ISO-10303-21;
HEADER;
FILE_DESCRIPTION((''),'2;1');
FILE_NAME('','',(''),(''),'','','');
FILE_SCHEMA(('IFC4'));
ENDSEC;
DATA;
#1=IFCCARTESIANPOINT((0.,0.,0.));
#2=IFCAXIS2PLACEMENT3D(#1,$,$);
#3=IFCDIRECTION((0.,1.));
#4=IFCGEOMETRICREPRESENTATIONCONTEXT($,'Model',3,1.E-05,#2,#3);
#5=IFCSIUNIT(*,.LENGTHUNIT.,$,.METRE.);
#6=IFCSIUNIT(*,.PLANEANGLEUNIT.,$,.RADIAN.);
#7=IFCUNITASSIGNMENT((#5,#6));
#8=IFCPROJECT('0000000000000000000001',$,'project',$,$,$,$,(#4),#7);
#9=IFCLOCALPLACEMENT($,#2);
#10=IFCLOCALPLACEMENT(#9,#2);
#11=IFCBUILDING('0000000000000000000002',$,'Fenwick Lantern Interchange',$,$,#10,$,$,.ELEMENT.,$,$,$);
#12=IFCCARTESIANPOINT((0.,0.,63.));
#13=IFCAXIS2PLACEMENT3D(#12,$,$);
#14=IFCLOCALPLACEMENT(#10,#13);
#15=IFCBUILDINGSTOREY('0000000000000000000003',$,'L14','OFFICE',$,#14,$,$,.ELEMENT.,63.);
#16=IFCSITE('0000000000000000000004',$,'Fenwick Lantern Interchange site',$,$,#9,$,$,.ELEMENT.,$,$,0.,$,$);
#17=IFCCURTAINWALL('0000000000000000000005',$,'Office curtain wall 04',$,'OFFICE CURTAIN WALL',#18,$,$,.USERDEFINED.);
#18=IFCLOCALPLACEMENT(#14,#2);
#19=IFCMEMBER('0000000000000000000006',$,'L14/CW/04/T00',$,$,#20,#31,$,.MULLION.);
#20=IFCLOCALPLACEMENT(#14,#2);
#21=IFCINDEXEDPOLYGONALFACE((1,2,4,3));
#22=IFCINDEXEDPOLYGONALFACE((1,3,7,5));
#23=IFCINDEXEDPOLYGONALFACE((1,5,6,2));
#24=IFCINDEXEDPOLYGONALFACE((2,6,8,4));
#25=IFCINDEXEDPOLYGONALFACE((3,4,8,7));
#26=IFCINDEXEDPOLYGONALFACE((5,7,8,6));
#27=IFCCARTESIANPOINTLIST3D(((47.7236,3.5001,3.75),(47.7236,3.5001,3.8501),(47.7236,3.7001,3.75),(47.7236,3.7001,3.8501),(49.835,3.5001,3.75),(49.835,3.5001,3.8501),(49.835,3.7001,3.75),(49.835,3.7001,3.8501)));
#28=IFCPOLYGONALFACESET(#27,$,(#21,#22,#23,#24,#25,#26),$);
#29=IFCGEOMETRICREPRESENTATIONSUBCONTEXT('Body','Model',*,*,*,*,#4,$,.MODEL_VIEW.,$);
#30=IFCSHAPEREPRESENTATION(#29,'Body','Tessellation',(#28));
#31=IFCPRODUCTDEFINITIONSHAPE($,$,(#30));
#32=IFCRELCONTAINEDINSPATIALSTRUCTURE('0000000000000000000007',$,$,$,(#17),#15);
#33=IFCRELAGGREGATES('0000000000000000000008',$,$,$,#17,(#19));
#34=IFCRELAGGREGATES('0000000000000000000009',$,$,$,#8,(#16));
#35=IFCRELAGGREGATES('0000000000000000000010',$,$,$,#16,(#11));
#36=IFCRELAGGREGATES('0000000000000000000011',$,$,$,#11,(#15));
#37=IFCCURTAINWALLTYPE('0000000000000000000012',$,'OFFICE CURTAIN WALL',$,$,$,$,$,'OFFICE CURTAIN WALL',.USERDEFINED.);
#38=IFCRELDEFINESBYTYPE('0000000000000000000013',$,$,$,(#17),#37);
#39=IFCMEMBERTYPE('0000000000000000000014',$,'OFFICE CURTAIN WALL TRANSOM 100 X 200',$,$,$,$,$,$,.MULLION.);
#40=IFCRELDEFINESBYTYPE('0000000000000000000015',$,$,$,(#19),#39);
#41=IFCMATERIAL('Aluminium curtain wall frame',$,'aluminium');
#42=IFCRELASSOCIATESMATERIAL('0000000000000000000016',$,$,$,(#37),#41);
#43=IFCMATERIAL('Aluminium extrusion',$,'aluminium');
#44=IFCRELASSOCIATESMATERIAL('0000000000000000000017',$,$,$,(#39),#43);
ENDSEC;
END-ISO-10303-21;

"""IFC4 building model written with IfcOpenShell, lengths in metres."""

from ifc_helpers import new_model, si_unit, direction, frame, origin, origin_2d, place, context, subcontext, project, spatial, rectangle, extrude, material, material_profile, profile_set, type_object, element, aggregate, save


model = new_model("IFC4")

# Units and contexts
model_context = context("Model", 3, precision=1e-05, world=origin(), true_north=direction((0.0, 1.0)))
body_context = subcontext(model_context, "Body", "Model", "MODEL_VIEW")
ifc_project = project(units=[si_unit("LENGTHUNIT", "METRE"), si_unit("PLANEANGLEUNIT", "RADIAN")], contexts=[model_context])

# Site, building, storey
site_placement = place(None, origin())
site = spatial("IfcSite", under=ifc_project, at=site_placement, Name="Fenwick Lantern Interchange site", CompositionType="ELEMENT", RefElevation=0.0)
building_placement = place(site_placement, origin())
building = spatial("IfcBuilding", under=site, at=building_placement, Name="Fenwick Lantern Interchange", CompositionType="ELEMENT")
storey_placement = place(building_placement, frame((0.0, 0.0, 63.0)))
storey = spatial("IfcBuildingStorey", under=building, at=storey_placement, Name="L14", Description="OFFICE", CompositionType="ELEMENT", Elevation=63.0)

# Curtain wall
ifc_material_1 = material(Name="Aluminium curtain wall frame", Category="aluminium")
curtain_wall_type = type_object("IfcCurtainWallType", Name="OFFICE CURTAIN WALL", ElementType="OFFICE CURTAIN WALL", PredefinedType="USERDEFINED", material=ifc_material_1)
ifc_material_2 = material(Name="Aluminium extrusion", Category="aluminium")
curtain_wall_1_placement = place(storey_placement, origin())
curtain_wall_1 = element("IfcCurtainWall", 1, at=curtain_wall_1_placement, inside=storey, type_object=curtain_wall_type, Name="Office curtain wall 04", ObjectType="OFFICE CURTAIN WALL", PredefinedType="USERDEFINED")

# Member
ifc_material_profile_1 = material_profile(ifc_material_2, rectangle(XDim=0.2, YDim=0.1001, at=origin_2d()), Name="OFFICE CURTAIN WALL TRANSOM 100 X 200")
ifc_profile_set_1 = profile_set([ifc_material_profile_1], Name="Aluminium extrusion")
member_type_1 = type_object("IfcMemberType", Name="OFFICE CURTAIN WALL TRANSOM 100 X 200", PredefinedType="MULLION", material=ifc_profile_set_1)
member_1_placement = place(storey_placement, frame((47.7236, 3.6001, 3.8), z_axis=(1.0, 0.0, 0.0), x_axis=(0.0, 1.0, 0.0)))
member_1 = element("IfcMember", 2, at=member_1_placement, type_object=member_type_1, Name="L14/CW/04/T00", PredefinedType="MULLION", context=body_context, shape_type="SweptSolid", body=[
    extrude(rectangle(XDim=0.2, YDim=0.1001, at=origin_2d()), origin(), (0.0, 0.0, 1.0), 2.1113),
])
aggregate(curtain_wall_1, [member_1])

save(model, "model.ifc")
